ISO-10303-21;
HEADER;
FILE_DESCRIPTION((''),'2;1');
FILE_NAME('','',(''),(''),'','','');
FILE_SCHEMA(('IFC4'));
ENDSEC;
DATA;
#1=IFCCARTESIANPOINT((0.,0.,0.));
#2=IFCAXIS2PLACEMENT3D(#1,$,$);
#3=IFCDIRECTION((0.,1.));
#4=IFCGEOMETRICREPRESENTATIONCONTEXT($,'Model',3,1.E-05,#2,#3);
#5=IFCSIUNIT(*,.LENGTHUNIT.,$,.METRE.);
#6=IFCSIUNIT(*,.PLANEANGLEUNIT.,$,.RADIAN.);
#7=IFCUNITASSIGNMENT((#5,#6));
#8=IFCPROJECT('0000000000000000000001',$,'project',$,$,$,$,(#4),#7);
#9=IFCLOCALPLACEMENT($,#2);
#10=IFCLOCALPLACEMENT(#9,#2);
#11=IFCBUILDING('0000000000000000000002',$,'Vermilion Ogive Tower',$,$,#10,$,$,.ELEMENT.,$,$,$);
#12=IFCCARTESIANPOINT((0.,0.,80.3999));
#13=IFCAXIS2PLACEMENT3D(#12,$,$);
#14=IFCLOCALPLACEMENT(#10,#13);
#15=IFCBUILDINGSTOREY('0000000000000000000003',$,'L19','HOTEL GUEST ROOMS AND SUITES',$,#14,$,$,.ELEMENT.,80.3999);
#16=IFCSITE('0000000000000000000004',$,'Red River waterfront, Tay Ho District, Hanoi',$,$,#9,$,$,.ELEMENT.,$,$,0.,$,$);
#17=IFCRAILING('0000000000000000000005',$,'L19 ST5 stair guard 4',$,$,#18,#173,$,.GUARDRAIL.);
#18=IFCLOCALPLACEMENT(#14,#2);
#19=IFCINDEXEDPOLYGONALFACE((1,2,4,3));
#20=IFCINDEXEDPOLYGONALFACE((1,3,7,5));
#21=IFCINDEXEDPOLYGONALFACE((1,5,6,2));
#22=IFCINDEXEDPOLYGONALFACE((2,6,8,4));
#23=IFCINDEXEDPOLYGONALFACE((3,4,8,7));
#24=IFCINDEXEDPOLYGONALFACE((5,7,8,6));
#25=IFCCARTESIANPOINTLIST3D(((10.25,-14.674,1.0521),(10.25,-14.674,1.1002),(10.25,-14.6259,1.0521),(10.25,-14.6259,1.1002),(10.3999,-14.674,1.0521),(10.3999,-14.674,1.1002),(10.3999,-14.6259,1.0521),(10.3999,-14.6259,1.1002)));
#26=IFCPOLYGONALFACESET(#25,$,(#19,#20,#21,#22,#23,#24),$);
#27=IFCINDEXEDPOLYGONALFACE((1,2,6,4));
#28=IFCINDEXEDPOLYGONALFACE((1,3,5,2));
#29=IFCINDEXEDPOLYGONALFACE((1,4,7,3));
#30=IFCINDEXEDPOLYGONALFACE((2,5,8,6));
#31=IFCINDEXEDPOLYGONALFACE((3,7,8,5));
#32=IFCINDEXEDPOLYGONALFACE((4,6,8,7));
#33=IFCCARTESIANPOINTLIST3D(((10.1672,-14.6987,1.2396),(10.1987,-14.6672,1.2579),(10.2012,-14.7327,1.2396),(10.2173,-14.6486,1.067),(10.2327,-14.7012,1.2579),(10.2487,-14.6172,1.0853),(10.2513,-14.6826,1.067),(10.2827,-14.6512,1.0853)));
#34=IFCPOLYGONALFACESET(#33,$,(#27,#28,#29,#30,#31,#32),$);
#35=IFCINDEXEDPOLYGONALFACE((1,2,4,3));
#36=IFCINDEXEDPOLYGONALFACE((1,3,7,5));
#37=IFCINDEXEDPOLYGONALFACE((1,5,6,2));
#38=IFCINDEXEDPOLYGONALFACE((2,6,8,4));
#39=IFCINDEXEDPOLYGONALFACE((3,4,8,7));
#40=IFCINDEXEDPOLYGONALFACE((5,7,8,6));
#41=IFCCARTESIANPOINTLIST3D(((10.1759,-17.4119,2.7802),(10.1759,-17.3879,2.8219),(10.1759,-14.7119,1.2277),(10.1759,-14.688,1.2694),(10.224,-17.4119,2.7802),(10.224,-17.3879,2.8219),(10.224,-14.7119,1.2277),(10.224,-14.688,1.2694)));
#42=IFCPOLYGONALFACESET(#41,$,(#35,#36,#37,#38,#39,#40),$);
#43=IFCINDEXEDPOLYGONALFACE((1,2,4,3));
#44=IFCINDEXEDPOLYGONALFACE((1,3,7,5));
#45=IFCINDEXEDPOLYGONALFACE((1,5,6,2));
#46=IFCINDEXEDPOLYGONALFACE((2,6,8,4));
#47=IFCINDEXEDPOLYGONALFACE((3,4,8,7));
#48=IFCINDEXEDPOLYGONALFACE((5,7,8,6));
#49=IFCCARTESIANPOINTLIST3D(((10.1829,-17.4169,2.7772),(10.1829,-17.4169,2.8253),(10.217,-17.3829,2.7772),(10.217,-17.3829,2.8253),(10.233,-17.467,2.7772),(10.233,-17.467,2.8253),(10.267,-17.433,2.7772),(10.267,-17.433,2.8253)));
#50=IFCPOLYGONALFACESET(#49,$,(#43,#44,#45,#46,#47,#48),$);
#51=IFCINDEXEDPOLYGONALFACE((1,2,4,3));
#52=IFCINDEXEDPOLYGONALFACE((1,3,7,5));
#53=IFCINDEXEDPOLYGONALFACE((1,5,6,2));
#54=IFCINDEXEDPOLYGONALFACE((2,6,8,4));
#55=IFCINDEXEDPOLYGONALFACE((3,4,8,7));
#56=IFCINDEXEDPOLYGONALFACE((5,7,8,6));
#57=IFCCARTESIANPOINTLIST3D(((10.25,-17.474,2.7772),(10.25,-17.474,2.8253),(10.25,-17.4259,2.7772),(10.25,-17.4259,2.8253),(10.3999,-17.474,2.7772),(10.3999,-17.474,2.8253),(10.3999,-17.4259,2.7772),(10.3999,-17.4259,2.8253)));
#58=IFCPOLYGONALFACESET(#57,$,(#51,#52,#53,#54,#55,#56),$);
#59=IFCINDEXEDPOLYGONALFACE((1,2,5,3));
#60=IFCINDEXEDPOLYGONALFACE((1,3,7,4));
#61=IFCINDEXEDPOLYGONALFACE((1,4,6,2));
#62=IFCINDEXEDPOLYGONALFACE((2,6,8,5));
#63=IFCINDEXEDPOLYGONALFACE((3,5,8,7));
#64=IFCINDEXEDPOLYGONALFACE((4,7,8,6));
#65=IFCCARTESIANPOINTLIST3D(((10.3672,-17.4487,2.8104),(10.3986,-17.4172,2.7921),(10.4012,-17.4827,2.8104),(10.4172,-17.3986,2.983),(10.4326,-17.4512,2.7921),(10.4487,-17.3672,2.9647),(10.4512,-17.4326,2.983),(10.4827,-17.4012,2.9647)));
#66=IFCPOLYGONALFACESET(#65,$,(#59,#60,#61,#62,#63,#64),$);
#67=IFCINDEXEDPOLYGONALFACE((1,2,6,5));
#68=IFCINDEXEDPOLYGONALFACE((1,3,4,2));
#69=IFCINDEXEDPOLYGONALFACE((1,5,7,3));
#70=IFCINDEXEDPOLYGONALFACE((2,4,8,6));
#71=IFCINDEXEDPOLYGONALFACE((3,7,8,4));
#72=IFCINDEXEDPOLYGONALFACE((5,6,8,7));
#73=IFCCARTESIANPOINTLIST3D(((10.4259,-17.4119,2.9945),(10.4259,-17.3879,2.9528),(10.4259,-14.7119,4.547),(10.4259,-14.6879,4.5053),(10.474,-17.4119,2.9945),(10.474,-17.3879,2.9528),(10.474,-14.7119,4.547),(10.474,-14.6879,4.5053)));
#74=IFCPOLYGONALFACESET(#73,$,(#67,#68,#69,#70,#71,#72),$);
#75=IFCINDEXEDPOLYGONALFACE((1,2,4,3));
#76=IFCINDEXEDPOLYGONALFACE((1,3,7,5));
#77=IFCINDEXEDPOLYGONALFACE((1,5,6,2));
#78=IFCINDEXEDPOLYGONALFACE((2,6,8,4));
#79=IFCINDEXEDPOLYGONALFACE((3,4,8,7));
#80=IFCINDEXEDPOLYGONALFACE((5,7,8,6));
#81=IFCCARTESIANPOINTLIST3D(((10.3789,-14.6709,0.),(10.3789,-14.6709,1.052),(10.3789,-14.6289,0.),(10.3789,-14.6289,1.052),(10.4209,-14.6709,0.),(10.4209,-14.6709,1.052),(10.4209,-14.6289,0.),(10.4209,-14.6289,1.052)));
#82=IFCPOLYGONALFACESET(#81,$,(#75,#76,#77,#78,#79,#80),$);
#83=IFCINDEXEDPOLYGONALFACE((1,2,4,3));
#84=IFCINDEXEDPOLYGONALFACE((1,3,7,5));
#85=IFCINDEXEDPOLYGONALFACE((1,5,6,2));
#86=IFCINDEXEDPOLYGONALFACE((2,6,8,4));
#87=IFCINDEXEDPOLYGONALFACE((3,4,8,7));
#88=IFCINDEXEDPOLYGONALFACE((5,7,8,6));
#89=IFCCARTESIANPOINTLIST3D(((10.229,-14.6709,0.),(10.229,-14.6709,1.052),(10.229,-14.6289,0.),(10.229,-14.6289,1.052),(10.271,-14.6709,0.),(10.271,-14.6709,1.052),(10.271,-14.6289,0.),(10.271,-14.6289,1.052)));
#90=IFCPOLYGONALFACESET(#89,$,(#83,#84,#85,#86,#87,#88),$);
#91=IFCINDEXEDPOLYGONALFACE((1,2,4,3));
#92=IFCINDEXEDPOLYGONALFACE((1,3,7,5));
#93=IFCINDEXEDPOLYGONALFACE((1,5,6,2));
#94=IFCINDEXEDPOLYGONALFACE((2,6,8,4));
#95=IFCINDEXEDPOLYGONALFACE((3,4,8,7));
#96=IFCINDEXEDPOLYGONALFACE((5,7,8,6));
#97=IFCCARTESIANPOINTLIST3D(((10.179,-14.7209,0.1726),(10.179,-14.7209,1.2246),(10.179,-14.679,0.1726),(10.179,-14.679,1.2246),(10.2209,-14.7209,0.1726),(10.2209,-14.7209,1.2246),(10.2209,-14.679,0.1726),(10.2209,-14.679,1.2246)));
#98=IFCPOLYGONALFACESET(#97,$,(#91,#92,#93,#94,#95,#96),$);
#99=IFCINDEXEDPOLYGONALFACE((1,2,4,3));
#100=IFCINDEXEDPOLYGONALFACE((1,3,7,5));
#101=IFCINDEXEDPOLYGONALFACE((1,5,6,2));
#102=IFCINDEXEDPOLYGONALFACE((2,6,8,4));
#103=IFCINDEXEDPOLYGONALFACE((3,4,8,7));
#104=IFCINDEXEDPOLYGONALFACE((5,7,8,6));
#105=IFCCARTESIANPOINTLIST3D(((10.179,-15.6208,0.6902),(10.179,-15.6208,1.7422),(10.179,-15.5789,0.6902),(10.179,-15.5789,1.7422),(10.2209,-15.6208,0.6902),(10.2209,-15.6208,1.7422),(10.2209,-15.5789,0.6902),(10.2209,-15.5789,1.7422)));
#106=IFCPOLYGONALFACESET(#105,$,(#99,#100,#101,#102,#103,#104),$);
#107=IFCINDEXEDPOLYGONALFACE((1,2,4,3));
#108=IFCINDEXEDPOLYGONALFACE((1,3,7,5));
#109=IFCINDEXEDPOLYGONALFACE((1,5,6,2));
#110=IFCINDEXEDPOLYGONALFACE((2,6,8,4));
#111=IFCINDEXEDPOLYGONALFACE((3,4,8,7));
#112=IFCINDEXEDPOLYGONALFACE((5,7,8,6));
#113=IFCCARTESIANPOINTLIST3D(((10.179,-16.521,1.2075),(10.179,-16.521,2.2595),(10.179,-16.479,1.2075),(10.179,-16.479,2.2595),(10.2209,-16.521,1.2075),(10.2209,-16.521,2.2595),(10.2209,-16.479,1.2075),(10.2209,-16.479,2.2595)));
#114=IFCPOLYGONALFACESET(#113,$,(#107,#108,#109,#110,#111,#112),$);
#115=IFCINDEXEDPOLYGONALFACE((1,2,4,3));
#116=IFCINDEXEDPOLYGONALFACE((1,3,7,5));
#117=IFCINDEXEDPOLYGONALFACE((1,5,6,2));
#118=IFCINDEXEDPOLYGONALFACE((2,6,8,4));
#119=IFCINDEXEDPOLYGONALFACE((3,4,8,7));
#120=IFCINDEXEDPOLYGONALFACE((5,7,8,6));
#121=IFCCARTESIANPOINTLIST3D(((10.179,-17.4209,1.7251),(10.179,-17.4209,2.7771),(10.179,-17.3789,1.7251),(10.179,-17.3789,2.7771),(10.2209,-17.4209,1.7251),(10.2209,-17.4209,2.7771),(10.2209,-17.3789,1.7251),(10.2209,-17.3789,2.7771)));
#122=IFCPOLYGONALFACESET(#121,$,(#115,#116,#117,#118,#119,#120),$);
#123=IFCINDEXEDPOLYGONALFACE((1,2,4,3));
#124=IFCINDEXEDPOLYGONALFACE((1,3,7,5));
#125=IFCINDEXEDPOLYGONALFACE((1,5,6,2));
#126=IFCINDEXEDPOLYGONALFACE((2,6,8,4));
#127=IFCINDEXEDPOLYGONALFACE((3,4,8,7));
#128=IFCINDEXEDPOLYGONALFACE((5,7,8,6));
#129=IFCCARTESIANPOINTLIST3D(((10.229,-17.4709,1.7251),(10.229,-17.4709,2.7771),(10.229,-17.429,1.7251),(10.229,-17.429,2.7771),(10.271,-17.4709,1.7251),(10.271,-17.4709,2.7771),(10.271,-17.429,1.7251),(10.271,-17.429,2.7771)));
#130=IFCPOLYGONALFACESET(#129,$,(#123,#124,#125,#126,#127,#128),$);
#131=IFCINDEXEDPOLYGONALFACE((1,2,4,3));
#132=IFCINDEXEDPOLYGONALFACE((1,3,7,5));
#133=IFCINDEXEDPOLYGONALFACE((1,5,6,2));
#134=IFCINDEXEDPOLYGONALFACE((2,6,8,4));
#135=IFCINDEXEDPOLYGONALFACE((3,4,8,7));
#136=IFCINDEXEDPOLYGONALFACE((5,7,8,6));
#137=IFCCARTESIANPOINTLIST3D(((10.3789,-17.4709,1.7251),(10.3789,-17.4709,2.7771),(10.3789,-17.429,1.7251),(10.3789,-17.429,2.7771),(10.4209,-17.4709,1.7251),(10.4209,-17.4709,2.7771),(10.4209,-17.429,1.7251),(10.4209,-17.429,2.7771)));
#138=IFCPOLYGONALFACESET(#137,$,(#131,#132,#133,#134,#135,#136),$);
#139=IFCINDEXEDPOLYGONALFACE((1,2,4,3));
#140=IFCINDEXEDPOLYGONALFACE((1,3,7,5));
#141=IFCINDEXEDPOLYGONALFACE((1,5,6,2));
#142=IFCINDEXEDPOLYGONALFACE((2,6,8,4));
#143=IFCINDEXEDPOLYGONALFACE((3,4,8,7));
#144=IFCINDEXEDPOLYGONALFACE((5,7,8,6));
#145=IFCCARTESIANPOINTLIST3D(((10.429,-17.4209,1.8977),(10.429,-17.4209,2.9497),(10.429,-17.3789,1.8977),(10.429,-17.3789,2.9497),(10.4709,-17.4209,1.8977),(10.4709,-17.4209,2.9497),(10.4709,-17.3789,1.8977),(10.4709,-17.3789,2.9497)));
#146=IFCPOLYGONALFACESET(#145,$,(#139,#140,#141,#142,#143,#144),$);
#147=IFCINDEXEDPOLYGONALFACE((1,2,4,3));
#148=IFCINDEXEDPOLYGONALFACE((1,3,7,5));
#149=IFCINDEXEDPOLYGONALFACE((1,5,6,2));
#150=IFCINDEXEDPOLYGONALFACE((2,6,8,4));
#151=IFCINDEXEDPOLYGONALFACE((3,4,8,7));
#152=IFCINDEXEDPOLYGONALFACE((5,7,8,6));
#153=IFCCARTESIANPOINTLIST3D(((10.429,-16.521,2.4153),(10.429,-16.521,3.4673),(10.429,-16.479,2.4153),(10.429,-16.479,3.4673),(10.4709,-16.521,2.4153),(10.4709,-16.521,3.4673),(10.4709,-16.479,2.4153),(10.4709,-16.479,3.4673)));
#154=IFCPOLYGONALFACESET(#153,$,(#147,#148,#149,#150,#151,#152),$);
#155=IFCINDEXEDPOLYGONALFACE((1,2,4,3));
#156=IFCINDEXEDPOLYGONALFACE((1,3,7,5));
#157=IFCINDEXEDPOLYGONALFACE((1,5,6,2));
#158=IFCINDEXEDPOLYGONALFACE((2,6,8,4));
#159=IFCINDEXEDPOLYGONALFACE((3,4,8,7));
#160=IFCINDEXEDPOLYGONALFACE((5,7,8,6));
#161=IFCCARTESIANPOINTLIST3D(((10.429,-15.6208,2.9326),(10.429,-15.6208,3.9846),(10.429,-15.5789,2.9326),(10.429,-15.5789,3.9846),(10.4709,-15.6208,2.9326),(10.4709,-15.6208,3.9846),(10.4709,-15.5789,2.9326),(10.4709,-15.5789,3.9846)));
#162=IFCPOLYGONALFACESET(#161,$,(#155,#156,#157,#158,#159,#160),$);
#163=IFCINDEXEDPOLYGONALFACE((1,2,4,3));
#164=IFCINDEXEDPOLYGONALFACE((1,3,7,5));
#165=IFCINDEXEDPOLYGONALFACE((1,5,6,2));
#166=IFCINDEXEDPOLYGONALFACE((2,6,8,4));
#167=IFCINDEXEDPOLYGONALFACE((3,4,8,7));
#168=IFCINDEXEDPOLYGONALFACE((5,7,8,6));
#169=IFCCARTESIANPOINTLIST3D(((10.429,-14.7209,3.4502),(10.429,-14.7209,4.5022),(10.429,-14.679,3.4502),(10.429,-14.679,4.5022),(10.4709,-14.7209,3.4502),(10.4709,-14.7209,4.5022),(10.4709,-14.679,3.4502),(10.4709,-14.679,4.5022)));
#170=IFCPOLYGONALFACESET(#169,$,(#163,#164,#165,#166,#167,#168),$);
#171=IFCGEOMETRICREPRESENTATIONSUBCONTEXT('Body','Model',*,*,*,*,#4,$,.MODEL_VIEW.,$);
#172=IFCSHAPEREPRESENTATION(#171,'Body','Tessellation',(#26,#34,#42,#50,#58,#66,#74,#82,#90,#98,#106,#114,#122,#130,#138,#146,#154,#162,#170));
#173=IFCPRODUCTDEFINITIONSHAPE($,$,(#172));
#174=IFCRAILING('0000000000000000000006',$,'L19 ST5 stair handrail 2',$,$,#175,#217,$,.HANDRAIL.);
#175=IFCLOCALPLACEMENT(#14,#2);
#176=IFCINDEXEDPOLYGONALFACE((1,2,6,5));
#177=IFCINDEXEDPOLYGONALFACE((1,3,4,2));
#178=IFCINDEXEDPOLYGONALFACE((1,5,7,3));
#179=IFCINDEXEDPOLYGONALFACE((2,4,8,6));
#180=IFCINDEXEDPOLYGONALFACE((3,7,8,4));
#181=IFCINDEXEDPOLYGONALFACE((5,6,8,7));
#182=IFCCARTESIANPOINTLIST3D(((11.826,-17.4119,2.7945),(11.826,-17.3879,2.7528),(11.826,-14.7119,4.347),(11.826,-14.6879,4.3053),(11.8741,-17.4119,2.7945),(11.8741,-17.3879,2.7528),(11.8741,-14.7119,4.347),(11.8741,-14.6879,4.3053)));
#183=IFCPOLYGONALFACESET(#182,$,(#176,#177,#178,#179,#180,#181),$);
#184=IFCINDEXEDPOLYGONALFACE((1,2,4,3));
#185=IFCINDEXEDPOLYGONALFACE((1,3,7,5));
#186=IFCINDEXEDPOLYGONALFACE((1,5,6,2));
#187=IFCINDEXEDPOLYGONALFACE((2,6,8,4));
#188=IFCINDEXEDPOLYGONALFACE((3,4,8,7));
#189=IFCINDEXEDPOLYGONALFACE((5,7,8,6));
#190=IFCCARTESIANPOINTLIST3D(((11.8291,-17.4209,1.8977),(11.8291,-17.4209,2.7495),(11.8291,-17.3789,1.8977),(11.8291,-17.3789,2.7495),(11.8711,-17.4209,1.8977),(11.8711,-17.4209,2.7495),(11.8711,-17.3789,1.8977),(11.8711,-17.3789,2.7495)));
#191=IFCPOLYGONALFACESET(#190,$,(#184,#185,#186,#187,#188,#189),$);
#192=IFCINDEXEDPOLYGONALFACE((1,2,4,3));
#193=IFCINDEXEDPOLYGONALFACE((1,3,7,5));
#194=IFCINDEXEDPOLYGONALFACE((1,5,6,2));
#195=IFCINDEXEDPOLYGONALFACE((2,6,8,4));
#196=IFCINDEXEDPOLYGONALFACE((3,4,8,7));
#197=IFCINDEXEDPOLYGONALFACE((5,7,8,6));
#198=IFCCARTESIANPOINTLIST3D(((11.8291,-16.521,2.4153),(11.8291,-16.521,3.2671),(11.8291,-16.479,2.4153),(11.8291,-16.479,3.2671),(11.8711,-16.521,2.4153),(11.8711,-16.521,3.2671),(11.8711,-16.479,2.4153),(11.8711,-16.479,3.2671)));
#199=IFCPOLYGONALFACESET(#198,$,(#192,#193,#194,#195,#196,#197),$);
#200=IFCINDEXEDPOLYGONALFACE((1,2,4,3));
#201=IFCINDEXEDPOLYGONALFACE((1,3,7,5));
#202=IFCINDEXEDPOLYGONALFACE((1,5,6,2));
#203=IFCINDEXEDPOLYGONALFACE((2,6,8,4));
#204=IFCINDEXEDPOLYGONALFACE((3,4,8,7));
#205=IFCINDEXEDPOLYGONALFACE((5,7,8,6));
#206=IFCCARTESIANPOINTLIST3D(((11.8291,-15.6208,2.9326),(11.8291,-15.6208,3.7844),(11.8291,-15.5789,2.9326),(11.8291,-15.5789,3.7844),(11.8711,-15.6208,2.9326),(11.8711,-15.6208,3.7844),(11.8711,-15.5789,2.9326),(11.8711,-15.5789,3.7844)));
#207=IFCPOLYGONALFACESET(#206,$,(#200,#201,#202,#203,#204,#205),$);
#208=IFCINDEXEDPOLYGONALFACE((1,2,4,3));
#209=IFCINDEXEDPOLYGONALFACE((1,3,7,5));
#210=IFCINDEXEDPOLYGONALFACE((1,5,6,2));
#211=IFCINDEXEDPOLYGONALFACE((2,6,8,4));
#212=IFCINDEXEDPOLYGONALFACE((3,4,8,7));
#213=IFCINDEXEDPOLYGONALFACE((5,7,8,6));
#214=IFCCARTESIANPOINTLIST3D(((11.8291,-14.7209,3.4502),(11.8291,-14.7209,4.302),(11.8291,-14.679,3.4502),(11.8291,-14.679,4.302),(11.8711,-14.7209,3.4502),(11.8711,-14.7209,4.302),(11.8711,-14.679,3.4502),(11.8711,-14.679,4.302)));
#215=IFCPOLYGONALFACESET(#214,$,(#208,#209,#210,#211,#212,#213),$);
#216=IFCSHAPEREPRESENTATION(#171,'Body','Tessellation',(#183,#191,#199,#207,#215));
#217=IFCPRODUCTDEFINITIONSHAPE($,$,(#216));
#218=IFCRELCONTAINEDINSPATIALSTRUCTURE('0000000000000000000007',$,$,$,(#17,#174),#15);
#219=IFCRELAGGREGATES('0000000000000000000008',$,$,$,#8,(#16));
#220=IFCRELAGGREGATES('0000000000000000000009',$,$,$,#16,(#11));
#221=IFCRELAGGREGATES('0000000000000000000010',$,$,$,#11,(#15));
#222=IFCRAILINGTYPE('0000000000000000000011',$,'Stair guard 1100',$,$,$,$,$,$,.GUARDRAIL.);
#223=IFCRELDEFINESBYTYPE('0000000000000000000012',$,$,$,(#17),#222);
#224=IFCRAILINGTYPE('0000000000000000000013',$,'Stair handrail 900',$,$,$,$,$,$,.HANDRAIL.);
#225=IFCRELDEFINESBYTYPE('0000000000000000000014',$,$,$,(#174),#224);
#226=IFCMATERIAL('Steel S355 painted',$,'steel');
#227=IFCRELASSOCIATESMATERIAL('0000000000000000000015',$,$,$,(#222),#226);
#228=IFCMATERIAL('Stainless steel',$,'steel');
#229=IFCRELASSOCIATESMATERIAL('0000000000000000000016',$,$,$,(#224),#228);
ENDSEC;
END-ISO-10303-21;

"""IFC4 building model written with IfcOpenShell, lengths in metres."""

from ifc_helpers import new_model, si_unit, direction, frame, origin, origin_2d, place, context, subcontext, project, spatial, rectangle, extrude, material, type_object, element, save


model = new_model("IFC4")

# Units and contexts
model_context = context("Model", 3, precision=1e-05, world=origin(), true_north=direction((0.0, 1.0)))
body_context = subcontext(model_context, "Body", "Model", "MODEL_VIEW")
ifc_project = project(units=[si_unit("LENGTHUNIT", "METRE"), si_unit("PLANEANGLEUNIT", "RADIAN")], contexts=[model_context])

# Site, building, storey
site_placement = place(None, origin())
site = spatial("IfcSite", under=ifc_project, at=site_placement, Name="Red River waterfront, Tay Ho District, Hanoi", CompositionType="ELEMENT", RefElevation=0.0)
building_placement = place(site_placement, origin())
building = spatial("IfcBuilding", under=site, at=building_placement, Name="Vermilion Ogive Tower", CompositionType="ELEMENT")
storey_placement = place(building_placement, frame((0.0, 0.0, 80.3999)))
storey = spatial("IfcBuildingStorey", under=building, at=storey_placement, Name="L19", Description="HOTEL GUEST ROOMS AND SUITES", CompositionType="ELEMENT", Elevation=80.3999)

# Railings
ifc_material_1 = material(Name="Steel S355 painted", Category="steel")
railing_type_1 = type_object("IfcRailingType", Name="Stair guard 1100", PredefinedType="GUARDRAIL", material=ifc_material_1)
railing_1_placement = place(storey_placement, frame((10.3999, -14.6499, 0.0)))
element("IfcRailing", 1, at=railing_1_placement, inside=storey, type_object=railing_type_1, Name="L19 ST5 stair guard 4", PredefinedType="GUARDRAIL", context=body_context, shape_type="SweptSolid", body=[
    extrude(rectangle(XDim=0.0481, YDim=0.0481, at=origin_2d()), frame((0.0, 0.0, 1.0762), z_axis=(-1.0, 0.0, 0.0), x_axis=(0.0, -1.0, 0.0)), (0.0, 0.0, 1.0), 0.1499),
    extrude(rectangle(XDim=0.0481, YDim=0.0481, at=origin_2d()), frame((-0.1499, 0.0, 1.0762), z_axis=(-0.268278, -0.268278, 0.925232), x_axis=(0.707107, -0.707107, 0.0)), (0.0, 0.0, 1.0), 0.1865),
    extrude(rectangle(XDim=0.0481, YDim=0.0481, at=origin_2d()), frame((-0.2, -0.05, 1.2485), z_axis=(0.0, -0.866904, 0.498476), x_axis=(1.0, 0.0, 0.0)), (0.0, 0.0, 1.0), 3.1145),
    extrude(rectangle(XDim=0.0481, YDim=0.0481, at=origin_2d()), frame((-0.2, -2.75, 2.8013), z_axis=(0.707107, -0.707107, 0.0), x_axis=(0.707107, 0.707107, 0.0)), (0.0, 0.0, 1.0), 0.0708),
    extrude(rectangle(XDim=0.0481, YDim=0.0481, at=origin_2d()), frame((-0.1499, -2.8, 2.8013), z_axis=(1.0, 0.0, 0.0), x_axis=(0.0, 1.0, 0.0)), (0.0, 0.0, 1.0), 0.1499),
    extrude(rectangle(XDim=0.0481, YDim=0.0481, at=origin_2d()), frame((0.0, -2.8, 2.8013), z_axis=(0.268278, 0.268278, 0.925232), x_axis=(-0.707107, 0.707107, 0.0)), (0.0, 0.0, 1.0), 0.1865),
    extrude(rectangle(XDim=0.0481, YDim=0.0481, at=origin_2d()), frame((0.05, -2.75, 2.9736), z_axis=(0.0, 0.866904, 0.498476), x_axis=(-1.0, 0.0, 0.0)), (0.0, 0.0, 1.0), 3.1145),
    extrude(rectangle(XDim=0.042, YDim=0.042, at=origin_2d()), origin(), (0.0, 0.0, 1.0), 1.052),
    extrude(rectangle(XDim=0.042, YDim=0.042, at=origin_2d()), frame((-0.1499, 0.0, 0.0)), (0.0, 0.0, 1.0), 1.052),
    extrude(rectangle(XDim=0.042, YDim=0.042, at=origin_2d()), frame((-0.2, -0.05, 0.1726)), (0.0, 0.0, 1.0), 1.052),
    extrude(rectangle(XDim=0.042, YDim=0.042, at=origin_2d()), frame((-0.2, -0.95, 0.6902)), (0.0, 0.0, 1.0), 1.052),
    extrude(rectangle(XDim=0.042, YDim=0.042, at=origin_2d()), frame((-0.2, -1.8501, 1.2075)), (0.0, 0.0, 1.0), 1.052),
    extrude(rectangle(XDim=0.042, YDim=0.042, at=origin_2d()), frame((-0.2, -2.75, 1.7251)), (0.0, 0.0, 1.0), 1.052),
    extrude(rectangle(XDim=0.042, YDim=0.042, at=origin_2d()), frame((-0.1499, -2.8, 1.7251)), (0.0, 0.0, 1.0), 1.052),
    extrude(rectangle(XDim=0.042, YDim=0.042, at=origin_2d()), frame((0.0, -2.8, 1.7251)), (0.0, 0.0, 1.0), 1.052),
    extrude(rectangle(XDim=0.042, YDim=0.042, at=origin_2d()), frame((0.05, -2.75, 1.8977)), (0.0, 0.0, 1.0), 1.052),
    extrude(rectangle(XDim=0.042, YDim=0.042, at=origin_2d()), frame((0.05, -1.8501, 2.4153)), (0.0, 0.0, 1.0), 1.052),
    extrude(rectangle(XDim=0.042, YDim=0.042, at=origin_2d()), frame((0.05, -0.95, 2.9326)), (0.0, 0.0, 1.0), 1.052),
    extrude(rectangle(XDim=0.042, YDim=0.042, at=origin_2d()), frame((0.05, -0.05, 3.4502)), (0.0, 0.0, 1.0), 1.052),
])
ifc_material_2 = material(Name="Stainless steel", Category="steel")
railing_type_2 = type_object("IfcRailingType", Name="Stair handrail 900", PredefinedType="HANDRAIL", material=ifc_material_2)
railing_2_placement = place(storey_placement, frame((11.8501, -17.3999, 1.8977)))
element("IfcRailing", 2, at=railing_2_placement, inside=storey, type_object=railing_type_2, Name="L19 ST5 stair handrail 2", PredefinedType="HANDRAIL", context=body_context, shape_type="SweptSolid", body=[
    extrude(rectangle(XDim=0.0481, YDim=0.0481, at=origin_2d()), frame((0.0, 0.0, 0.876), z_axis=(0.0, 0.866904, 0.498476), x_axis=(-1.0, 0.0, 0.0)), (0.0, 0.0, 1.0), 3.1145),
    extrude(rectangle(XDim=0.042, YDim=0.042, at=origin_2d()), origin(), (0.0, 0.0, 1.0), 0.8518),
    extrude(rectangle(XDim=0.042, YDim=0.042, at=origin_2d()), frame((0.0, 0.8999, 0.5176)), (0.0, 0.0, 1.0), 0.8518),
    extrude(rectangle(XDim=0.042, YDim=0.042, at=origin_2d()), frame((0.0, 1.8, 1.0349)), (0.0, 0.0, 1.0), 0.8518),
    extrude(rectangle(XDim=0.042, YDim=0.042, at=origin_2d()), frame((0.0, 2.7, 1.5525)), (0.0, 0.0, 1.0), 0.8518),
])

save(model, "model.ifc")
